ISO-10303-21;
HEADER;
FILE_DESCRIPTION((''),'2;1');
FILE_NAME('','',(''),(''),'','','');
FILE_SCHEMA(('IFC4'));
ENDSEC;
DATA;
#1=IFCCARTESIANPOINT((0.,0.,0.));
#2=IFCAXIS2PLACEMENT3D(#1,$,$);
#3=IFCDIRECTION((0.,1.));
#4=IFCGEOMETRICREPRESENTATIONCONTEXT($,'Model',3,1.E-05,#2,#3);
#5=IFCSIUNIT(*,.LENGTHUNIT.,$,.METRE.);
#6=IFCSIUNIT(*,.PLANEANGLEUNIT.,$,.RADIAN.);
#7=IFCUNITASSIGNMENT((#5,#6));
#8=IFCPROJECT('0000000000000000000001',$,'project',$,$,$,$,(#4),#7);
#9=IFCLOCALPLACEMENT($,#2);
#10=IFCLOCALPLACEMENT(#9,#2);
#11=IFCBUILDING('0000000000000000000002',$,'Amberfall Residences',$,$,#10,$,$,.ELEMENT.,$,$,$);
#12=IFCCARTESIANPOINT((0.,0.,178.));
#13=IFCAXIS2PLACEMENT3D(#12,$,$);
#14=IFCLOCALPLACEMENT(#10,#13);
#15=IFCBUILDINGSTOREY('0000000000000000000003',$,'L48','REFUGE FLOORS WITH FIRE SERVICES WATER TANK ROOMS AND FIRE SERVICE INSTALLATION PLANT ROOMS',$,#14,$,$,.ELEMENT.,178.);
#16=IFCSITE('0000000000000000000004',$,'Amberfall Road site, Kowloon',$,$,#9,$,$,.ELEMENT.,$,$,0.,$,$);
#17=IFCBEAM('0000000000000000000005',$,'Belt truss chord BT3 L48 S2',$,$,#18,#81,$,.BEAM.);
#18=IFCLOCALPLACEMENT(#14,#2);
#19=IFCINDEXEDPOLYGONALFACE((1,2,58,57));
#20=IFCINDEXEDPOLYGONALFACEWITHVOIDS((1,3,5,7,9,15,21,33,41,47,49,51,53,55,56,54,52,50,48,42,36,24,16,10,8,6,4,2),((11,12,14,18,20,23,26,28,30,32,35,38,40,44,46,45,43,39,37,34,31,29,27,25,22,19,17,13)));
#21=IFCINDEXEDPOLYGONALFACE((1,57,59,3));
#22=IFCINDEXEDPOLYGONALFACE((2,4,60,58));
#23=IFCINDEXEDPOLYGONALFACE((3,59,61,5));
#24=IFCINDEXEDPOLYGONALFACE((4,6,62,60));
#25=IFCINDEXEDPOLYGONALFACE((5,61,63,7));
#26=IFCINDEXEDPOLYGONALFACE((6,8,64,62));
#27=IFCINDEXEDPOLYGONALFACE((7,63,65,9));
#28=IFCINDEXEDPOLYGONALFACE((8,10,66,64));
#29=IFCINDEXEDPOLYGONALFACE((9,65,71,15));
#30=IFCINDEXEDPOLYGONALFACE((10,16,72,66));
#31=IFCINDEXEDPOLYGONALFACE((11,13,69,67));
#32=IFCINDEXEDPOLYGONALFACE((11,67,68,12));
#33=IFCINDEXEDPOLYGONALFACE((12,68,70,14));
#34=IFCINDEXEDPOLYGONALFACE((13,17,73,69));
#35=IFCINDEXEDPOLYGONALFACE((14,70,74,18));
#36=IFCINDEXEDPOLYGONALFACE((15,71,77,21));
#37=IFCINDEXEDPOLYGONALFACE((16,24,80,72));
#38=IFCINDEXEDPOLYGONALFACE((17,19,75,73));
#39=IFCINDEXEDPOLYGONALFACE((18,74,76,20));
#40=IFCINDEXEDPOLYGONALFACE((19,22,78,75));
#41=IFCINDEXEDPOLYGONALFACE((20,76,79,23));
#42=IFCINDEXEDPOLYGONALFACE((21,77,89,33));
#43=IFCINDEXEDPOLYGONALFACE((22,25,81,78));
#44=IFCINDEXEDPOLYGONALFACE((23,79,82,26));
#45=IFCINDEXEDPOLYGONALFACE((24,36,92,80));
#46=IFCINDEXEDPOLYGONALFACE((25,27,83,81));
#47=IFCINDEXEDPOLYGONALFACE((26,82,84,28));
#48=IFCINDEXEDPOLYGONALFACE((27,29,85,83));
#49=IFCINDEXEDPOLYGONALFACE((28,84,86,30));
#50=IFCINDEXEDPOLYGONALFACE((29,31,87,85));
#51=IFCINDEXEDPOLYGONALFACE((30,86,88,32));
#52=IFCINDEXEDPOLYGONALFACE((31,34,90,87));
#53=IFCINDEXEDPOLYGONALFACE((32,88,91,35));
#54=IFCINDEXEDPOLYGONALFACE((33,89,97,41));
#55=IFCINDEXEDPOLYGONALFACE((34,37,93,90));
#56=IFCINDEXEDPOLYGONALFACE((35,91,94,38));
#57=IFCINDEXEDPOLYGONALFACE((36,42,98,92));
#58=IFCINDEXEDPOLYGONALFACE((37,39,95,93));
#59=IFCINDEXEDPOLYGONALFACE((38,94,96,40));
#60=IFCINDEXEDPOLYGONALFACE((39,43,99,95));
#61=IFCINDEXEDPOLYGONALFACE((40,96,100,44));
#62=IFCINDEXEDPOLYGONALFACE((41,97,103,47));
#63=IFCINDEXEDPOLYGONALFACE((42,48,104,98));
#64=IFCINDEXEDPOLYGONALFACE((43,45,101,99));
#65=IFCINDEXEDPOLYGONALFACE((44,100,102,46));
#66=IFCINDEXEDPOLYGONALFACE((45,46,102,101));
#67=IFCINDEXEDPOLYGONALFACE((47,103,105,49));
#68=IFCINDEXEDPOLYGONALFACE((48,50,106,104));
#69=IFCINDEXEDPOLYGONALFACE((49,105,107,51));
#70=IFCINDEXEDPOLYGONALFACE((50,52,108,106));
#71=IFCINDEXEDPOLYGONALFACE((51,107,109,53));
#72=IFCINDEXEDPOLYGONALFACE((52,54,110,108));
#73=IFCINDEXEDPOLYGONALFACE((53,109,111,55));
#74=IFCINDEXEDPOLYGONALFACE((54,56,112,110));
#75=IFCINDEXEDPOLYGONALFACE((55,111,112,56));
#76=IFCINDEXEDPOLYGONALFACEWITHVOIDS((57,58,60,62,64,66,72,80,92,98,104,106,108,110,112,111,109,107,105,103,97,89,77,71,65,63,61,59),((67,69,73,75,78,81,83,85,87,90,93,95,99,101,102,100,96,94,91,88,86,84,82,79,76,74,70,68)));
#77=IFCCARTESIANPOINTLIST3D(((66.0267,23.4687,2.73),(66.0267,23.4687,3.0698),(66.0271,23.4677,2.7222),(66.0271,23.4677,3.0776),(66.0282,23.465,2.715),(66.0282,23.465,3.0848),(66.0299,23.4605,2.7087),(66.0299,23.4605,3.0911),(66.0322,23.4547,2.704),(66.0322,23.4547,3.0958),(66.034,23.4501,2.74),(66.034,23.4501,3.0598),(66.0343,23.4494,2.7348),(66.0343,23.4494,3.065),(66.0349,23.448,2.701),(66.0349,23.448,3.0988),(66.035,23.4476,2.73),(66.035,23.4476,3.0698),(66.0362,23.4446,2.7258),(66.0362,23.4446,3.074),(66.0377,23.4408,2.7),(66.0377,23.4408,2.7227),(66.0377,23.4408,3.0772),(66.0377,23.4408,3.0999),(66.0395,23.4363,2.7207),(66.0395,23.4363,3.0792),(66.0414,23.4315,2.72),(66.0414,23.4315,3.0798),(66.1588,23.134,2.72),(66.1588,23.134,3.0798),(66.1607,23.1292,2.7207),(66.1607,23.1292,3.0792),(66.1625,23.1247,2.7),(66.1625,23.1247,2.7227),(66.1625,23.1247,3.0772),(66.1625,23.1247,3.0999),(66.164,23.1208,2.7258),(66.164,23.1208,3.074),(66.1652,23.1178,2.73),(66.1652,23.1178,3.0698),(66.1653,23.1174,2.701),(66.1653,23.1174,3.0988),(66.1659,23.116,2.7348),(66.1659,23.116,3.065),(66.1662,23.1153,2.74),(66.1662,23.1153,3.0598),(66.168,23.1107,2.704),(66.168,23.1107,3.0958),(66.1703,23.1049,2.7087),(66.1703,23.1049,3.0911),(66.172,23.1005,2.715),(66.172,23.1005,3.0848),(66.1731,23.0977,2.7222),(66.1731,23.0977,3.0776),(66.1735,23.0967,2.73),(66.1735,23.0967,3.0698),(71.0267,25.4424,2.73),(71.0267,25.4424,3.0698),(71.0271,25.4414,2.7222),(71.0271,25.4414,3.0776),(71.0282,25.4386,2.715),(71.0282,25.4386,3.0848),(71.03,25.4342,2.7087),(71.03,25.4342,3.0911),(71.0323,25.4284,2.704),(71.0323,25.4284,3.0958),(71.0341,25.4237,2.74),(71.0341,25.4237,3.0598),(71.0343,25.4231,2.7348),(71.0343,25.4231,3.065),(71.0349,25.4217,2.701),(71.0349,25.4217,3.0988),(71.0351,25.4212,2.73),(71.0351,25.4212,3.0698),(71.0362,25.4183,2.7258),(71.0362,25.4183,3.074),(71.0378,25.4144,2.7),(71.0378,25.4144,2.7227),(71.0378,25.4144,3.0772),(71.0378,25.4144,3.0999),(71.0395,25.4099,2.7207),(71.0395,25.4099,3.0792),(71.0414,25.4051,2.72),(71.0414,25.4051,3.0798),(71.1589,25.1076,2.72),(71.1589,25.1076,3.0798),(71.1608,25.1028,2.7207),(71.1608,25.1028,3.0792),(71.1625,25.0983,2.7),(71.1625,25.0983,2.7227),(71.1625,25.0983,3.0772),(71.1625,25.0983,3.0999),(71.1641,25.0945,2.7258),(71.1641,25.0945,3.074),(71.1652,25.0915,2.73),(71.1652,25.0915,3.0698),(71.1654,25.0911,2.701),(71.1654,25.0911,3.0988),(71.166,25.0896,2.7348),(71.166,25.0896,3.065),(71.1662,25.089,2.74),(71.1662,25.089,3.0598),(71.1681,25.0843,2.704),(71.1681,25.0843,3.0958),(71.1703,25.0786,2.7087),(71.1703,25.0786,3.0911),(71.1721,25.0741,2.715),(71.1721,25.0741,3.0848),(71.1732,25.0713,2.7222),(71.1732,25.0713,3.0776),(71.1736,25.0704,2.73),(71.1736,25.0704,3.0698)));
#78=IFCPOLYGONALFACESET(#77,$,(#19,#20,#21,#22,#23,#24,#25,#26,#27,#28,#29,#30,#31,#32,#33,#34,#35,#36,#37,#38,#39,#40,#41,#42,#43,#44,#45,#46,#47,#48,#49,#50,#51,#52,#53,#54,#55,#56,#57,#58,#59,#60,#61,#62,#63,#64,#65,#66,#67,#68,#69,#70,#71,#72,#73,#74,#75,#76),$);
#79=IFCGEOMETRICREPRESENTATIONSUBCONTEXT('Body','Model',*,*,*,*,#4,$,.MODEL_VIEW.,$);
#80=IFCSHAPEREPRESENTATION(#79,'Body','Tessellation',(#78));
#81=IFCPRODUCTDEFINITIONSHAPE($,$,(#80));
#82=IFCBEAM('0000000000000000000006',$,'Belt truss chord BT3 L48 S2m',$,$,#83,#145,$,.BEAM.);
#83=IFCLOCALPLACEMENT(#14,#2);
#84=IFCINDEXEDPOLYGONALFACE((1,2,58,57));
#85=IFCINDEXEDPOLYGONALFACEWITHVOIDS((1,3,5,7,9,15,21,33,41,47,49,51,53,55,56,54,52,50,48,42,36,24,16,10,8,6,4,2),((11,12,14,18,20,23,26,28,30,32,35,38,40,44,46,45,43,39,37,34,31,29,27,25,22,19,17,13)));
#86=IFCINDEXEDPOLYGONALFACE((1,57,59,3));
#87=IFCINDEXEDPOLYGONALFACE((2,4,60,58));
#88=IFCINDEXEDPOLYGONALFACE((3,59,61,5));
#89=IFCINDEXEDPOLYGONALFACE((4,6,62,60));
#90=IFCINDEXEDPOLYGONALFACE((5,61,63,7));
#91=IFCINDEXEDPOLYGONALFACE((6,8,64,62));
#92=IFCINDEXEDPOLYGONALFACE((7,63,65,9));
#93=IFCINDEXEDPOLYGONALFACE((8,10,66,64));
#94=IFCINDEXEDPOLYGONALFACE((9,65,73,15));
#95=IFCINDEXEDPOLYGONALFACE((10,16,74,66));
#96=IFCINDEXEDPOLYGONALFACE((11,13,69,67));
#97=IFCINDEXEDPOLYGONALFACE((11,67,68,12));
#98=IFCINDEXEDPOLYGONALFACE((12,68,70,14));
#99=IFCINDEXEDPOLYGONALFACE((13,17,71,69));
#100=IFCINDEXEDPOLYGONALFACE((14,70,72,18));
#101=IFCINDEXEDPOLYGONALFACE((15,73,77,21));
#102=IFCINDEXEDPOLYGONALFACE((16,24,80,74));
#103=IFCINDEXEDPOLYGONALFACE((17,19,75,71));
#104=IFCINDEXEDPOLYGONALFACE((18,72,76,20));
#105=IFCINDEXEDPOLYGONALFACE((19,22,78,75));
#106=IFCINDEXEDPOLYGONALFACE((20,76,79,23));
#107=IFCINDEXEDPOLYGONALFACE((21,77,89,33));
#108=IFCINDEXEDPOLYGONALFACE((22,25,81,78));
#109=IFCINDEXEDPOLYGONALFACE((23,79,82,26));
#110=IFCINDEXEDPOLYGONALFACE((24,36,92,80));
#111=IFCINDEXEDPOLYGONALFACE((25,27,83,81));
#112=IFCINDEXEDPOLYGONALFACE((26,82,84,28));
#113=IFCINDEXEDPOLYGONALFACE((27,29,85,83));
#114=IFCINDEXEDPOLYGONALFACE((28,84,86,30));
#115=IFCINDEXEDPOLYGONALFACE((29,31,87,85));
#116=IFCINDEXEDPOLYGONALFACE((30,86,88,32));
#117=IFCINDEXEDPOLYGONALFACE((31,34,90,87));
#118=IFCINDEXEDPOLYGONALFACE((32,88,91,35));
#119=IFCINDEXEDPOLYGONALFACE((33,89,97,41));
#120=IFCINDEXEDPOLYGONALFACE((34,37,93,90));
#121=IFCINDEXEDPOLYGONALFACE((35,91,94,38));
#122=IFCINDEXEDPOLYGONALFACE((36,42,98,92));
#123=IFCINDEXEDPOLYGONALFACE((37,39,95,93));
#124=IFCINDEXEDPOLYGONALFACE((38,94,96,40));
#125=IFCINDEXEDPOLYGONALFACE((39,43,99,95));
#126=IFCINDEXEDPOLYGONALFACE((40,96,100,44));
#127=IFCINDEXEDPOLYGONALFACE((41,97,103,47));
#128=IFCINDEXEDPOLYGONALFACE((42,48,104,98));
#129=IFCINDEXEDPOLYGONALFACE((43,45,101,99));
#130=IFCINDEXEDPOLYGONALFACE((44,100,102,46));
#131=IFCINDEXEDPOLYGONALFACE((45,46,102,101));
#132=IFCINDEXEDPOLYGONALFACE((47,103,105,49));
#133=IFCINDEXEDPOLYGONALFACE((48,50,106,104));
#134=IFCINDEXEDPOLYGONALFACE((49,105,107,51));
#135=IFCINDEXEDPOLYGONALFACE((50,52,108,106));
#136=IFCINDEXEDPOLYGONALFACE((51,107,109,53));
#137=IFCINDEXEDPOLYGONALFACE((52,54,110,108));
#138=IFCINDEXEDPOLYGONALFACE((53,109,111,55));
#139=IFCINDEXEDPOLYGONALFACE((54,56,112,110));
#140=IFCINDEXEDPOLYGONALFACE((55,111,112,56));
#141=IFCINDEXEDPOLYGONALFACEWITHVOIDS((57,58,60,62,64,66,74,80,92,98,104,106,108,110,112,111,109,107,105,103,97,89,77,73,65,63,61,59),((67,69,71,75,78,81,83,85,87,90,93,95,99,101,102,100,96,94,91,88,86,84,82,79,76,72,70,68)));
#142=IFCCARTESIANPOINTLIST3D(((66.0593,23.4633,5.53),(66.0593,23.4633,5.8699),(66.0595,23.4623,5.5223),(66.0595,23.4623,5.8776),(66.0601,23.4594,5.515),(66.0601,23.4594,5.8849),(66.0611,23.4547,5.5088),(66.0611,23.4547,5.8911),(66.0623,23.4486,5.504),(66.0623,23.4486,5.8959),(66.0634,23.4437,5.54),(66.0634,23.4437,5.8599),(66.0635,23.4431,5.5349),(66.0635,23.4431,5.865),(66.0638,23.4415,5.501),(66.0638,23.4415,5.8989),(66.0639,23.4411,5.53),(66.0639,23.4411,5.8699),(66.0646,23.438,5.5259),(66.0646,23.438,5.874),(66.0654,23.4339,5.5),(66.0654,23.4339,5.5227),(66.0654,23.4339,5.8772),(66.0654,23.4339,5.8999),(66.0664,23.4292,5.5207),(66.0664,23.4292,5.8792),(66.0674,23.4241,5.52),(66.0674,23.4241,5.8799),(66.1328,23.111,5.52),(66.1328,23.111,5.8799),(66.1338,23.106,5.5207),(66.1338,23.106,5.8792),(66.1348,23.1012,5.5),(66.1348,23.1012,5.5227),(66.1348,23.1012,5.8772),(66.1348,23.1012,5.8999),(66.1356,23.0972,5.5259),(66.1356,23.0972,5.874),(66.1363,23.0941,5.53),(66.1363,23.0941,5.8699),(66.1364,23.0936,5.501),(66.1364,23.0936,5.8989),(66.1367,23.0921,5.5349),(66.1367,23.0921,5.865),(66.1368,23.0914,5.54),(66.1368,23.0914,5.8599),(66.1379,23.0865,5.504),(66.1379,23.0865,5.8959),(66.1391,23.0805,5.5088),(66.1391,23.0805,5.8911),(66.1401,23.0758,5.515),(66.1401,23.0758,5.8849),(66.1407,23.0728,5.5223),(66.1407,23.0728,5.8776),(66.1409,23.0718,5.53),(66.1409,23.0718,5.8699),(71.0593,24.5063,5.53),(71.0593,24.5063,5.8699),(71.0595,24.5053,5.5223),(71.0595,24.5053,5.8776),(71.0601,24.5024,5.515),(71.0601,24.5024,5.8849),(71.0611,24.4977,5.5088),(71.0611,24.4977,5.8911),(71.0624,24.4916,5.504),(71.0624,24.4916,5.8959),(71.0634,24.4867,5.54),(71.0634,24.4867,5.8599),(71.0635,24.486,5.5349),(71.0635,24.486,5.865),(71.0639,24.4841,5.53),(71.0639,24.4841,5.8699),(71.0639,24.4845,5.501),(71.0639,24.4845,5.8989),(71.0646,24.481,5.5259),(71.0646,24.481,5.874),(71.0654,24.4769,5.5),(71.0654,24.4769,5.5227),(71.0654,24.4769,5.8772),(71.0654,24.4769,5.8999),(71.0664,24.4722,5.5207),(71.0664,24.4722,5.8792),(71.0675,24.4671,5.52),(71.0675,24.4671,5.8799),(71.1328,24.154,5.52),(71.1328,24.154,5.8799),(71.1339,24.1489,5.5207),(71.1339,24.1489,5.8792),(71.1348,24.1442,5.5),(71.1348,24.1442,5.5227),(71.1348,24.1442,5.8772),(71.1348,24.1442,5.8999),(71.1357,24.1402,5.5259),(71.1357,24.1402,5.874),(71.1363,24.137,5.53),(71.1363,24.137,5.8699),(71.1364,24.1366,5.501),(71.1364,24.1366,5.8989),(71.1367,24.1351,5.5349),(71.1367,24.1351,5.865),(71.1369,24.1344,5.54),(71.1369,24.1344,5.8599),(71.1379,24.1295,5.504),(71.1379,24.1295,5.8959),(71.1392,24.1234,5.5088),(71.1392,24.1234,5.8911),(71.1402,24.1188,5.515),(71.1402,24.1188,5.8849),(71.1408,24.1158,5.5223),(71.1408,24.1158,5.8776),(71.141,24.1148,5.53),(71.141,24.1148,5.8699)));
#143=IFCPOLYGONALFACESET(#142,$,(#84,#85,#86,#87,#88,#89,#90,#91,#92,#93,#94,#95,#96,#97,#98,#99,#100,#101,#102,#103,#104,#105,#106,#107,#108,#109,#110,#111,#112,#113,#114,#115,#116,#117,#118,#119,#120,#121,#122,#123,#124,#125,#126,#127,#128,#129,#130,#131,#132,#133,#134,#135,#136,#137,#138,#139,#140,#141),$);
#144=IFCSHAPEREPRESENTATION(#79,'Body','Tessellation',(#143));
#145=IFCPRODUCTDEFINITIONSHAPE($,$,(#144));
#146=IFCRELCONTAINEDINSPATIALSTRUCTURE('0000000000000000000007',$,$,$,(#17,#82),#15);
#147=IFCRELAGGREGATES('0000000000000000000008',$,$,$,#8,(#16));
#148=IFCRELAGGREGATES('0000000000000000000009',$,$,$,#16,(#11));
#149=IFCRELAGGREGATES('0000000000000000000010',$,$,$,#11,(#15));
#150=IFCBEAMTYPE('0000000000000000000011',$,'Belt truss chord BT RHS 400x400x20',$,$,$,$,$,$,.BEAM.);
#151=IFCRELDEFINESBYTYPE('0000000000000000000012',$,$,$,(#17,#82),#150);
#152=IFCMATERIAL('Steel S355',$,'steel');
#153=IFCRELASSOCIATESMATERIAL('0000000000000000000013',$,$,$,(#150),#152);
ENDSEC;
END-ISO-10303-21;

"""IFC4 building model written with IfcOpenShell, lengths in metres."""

from ifc_helpers import new_model, si_unit, direction, frame, origin, origin_2d, place, context, subcontext, project, spatial, hollow_rectangle, extrude, material, material_profile, profile_set, type_object, element, save


model = new_model("IFC4")

# Units and contexts
model_context = context("Model", 3, precision=1e-05, world=origin(), true_north=direction((0.0, 1.0)))
body_context = subcontext(model_context, "Body", "Model", "MODEL_VIEW")
ifc_project = project(units=[si_unit("LENGTHUNIT", "METRE"), si_unit("PLANEANGLEUNIT", "RADIAN")], contexts=[model_context])

# Site, building, storey
site_placement = place(None, origin())
site = spatial("IfcSite", under=ifc_project, at=site_placement, Name="Amberfall Road site, Kowloon", CompositionType="ELEMENT", RefElevation=0.0)
building_placement = place(site_placement, origin())
building = spatial("IfcBuilding", under=site, at=building_placement, Name="Amberfall Residences", CompositionType="ELEMENT")
storey_placement = place(building_placement, frame((0.0, 0.0, 178.0)))
storey = spatial("IfcBuildingStorey", under=building, at=storey_placement, Name="L48", Description="REFUGE FLOORS WITH FIRE SERVICES WATER TANK ROOMS AND FIRE SERVICE INSTALLATION PLANT ROOMS", CompositionType="ELEMENT", Elevation=178.0)

# Beams
ifc_material_1 = material(Name="Steel S355", Category="steel")
ifc_material_profile_1 = material_profile(ifc_material_1, hollow_rectangle(XDim=0.3999, YDim=0.3999, WallThickness=0.02, InnerFilletRadius=0.02, OuterFilletRadius=0.03, at=origin_2d()), Name="RHS 400x400x20")
ifc_profile_set_1 = profile_set([ifc_material_profile_1], Name="Steel S355")
beam_type_1 = type_object("IfcBeamType", Name="Belt truss chord BT RHS 400x400x20", PredefinedType="BEAM", material=ifc_profile_set_1)
beam_1_placement = place(storey_placement, frame((66.1001, 23.2827, 2.8999), z_axis=(0.930158, 0.367158, 0.0), x_axis=(-0.367158, 0.930158, 0.0)))
element("IfcBeam", 1, at=beam_1_placement, inside=storey, type_object=beam_type_1, Name="Belt truss chord BT3 L48 S2", PredefinedType="BEAM", context=body_context, shape_type="SweptSolid", body=[
    extrude(hollow_rectangle(XDim=0.3999, YDim=0.3999, WallThickness=0.02, InnerFilletRadius=0.02, OuterFilletRadius=0.03, at=origin_2d()), origin(), (0.0, 0.0, 1.0), 5.3755),
])
beam_2_placement = place(storey_placement, frame((66.1001, 23.2676, 5.7), z_axis=(0.978929, 0.204199, 0.0), x_axis=(-0.204199, 0.978929, 0.0)))
element("IfcBeam", 2, at=beam_2_placement, inside=storey, type_object=beam_type_1, Name="Belt truss chord BT3 L48 S2m", PredefinedType="BEAM", context=body_context, shape_type="SweptSolid", body=[
    extrude(hollow_rectangle(XDim=0.3999, YDim=0.3999, WallThickness=0.02, InnerFilletRadius=0.02, OuterFilletRadius=0.03, at=origin_2d()), origin(), (0.0, 0.0, 1.0), 5.1077),
])

save(model, "model.ifc")
